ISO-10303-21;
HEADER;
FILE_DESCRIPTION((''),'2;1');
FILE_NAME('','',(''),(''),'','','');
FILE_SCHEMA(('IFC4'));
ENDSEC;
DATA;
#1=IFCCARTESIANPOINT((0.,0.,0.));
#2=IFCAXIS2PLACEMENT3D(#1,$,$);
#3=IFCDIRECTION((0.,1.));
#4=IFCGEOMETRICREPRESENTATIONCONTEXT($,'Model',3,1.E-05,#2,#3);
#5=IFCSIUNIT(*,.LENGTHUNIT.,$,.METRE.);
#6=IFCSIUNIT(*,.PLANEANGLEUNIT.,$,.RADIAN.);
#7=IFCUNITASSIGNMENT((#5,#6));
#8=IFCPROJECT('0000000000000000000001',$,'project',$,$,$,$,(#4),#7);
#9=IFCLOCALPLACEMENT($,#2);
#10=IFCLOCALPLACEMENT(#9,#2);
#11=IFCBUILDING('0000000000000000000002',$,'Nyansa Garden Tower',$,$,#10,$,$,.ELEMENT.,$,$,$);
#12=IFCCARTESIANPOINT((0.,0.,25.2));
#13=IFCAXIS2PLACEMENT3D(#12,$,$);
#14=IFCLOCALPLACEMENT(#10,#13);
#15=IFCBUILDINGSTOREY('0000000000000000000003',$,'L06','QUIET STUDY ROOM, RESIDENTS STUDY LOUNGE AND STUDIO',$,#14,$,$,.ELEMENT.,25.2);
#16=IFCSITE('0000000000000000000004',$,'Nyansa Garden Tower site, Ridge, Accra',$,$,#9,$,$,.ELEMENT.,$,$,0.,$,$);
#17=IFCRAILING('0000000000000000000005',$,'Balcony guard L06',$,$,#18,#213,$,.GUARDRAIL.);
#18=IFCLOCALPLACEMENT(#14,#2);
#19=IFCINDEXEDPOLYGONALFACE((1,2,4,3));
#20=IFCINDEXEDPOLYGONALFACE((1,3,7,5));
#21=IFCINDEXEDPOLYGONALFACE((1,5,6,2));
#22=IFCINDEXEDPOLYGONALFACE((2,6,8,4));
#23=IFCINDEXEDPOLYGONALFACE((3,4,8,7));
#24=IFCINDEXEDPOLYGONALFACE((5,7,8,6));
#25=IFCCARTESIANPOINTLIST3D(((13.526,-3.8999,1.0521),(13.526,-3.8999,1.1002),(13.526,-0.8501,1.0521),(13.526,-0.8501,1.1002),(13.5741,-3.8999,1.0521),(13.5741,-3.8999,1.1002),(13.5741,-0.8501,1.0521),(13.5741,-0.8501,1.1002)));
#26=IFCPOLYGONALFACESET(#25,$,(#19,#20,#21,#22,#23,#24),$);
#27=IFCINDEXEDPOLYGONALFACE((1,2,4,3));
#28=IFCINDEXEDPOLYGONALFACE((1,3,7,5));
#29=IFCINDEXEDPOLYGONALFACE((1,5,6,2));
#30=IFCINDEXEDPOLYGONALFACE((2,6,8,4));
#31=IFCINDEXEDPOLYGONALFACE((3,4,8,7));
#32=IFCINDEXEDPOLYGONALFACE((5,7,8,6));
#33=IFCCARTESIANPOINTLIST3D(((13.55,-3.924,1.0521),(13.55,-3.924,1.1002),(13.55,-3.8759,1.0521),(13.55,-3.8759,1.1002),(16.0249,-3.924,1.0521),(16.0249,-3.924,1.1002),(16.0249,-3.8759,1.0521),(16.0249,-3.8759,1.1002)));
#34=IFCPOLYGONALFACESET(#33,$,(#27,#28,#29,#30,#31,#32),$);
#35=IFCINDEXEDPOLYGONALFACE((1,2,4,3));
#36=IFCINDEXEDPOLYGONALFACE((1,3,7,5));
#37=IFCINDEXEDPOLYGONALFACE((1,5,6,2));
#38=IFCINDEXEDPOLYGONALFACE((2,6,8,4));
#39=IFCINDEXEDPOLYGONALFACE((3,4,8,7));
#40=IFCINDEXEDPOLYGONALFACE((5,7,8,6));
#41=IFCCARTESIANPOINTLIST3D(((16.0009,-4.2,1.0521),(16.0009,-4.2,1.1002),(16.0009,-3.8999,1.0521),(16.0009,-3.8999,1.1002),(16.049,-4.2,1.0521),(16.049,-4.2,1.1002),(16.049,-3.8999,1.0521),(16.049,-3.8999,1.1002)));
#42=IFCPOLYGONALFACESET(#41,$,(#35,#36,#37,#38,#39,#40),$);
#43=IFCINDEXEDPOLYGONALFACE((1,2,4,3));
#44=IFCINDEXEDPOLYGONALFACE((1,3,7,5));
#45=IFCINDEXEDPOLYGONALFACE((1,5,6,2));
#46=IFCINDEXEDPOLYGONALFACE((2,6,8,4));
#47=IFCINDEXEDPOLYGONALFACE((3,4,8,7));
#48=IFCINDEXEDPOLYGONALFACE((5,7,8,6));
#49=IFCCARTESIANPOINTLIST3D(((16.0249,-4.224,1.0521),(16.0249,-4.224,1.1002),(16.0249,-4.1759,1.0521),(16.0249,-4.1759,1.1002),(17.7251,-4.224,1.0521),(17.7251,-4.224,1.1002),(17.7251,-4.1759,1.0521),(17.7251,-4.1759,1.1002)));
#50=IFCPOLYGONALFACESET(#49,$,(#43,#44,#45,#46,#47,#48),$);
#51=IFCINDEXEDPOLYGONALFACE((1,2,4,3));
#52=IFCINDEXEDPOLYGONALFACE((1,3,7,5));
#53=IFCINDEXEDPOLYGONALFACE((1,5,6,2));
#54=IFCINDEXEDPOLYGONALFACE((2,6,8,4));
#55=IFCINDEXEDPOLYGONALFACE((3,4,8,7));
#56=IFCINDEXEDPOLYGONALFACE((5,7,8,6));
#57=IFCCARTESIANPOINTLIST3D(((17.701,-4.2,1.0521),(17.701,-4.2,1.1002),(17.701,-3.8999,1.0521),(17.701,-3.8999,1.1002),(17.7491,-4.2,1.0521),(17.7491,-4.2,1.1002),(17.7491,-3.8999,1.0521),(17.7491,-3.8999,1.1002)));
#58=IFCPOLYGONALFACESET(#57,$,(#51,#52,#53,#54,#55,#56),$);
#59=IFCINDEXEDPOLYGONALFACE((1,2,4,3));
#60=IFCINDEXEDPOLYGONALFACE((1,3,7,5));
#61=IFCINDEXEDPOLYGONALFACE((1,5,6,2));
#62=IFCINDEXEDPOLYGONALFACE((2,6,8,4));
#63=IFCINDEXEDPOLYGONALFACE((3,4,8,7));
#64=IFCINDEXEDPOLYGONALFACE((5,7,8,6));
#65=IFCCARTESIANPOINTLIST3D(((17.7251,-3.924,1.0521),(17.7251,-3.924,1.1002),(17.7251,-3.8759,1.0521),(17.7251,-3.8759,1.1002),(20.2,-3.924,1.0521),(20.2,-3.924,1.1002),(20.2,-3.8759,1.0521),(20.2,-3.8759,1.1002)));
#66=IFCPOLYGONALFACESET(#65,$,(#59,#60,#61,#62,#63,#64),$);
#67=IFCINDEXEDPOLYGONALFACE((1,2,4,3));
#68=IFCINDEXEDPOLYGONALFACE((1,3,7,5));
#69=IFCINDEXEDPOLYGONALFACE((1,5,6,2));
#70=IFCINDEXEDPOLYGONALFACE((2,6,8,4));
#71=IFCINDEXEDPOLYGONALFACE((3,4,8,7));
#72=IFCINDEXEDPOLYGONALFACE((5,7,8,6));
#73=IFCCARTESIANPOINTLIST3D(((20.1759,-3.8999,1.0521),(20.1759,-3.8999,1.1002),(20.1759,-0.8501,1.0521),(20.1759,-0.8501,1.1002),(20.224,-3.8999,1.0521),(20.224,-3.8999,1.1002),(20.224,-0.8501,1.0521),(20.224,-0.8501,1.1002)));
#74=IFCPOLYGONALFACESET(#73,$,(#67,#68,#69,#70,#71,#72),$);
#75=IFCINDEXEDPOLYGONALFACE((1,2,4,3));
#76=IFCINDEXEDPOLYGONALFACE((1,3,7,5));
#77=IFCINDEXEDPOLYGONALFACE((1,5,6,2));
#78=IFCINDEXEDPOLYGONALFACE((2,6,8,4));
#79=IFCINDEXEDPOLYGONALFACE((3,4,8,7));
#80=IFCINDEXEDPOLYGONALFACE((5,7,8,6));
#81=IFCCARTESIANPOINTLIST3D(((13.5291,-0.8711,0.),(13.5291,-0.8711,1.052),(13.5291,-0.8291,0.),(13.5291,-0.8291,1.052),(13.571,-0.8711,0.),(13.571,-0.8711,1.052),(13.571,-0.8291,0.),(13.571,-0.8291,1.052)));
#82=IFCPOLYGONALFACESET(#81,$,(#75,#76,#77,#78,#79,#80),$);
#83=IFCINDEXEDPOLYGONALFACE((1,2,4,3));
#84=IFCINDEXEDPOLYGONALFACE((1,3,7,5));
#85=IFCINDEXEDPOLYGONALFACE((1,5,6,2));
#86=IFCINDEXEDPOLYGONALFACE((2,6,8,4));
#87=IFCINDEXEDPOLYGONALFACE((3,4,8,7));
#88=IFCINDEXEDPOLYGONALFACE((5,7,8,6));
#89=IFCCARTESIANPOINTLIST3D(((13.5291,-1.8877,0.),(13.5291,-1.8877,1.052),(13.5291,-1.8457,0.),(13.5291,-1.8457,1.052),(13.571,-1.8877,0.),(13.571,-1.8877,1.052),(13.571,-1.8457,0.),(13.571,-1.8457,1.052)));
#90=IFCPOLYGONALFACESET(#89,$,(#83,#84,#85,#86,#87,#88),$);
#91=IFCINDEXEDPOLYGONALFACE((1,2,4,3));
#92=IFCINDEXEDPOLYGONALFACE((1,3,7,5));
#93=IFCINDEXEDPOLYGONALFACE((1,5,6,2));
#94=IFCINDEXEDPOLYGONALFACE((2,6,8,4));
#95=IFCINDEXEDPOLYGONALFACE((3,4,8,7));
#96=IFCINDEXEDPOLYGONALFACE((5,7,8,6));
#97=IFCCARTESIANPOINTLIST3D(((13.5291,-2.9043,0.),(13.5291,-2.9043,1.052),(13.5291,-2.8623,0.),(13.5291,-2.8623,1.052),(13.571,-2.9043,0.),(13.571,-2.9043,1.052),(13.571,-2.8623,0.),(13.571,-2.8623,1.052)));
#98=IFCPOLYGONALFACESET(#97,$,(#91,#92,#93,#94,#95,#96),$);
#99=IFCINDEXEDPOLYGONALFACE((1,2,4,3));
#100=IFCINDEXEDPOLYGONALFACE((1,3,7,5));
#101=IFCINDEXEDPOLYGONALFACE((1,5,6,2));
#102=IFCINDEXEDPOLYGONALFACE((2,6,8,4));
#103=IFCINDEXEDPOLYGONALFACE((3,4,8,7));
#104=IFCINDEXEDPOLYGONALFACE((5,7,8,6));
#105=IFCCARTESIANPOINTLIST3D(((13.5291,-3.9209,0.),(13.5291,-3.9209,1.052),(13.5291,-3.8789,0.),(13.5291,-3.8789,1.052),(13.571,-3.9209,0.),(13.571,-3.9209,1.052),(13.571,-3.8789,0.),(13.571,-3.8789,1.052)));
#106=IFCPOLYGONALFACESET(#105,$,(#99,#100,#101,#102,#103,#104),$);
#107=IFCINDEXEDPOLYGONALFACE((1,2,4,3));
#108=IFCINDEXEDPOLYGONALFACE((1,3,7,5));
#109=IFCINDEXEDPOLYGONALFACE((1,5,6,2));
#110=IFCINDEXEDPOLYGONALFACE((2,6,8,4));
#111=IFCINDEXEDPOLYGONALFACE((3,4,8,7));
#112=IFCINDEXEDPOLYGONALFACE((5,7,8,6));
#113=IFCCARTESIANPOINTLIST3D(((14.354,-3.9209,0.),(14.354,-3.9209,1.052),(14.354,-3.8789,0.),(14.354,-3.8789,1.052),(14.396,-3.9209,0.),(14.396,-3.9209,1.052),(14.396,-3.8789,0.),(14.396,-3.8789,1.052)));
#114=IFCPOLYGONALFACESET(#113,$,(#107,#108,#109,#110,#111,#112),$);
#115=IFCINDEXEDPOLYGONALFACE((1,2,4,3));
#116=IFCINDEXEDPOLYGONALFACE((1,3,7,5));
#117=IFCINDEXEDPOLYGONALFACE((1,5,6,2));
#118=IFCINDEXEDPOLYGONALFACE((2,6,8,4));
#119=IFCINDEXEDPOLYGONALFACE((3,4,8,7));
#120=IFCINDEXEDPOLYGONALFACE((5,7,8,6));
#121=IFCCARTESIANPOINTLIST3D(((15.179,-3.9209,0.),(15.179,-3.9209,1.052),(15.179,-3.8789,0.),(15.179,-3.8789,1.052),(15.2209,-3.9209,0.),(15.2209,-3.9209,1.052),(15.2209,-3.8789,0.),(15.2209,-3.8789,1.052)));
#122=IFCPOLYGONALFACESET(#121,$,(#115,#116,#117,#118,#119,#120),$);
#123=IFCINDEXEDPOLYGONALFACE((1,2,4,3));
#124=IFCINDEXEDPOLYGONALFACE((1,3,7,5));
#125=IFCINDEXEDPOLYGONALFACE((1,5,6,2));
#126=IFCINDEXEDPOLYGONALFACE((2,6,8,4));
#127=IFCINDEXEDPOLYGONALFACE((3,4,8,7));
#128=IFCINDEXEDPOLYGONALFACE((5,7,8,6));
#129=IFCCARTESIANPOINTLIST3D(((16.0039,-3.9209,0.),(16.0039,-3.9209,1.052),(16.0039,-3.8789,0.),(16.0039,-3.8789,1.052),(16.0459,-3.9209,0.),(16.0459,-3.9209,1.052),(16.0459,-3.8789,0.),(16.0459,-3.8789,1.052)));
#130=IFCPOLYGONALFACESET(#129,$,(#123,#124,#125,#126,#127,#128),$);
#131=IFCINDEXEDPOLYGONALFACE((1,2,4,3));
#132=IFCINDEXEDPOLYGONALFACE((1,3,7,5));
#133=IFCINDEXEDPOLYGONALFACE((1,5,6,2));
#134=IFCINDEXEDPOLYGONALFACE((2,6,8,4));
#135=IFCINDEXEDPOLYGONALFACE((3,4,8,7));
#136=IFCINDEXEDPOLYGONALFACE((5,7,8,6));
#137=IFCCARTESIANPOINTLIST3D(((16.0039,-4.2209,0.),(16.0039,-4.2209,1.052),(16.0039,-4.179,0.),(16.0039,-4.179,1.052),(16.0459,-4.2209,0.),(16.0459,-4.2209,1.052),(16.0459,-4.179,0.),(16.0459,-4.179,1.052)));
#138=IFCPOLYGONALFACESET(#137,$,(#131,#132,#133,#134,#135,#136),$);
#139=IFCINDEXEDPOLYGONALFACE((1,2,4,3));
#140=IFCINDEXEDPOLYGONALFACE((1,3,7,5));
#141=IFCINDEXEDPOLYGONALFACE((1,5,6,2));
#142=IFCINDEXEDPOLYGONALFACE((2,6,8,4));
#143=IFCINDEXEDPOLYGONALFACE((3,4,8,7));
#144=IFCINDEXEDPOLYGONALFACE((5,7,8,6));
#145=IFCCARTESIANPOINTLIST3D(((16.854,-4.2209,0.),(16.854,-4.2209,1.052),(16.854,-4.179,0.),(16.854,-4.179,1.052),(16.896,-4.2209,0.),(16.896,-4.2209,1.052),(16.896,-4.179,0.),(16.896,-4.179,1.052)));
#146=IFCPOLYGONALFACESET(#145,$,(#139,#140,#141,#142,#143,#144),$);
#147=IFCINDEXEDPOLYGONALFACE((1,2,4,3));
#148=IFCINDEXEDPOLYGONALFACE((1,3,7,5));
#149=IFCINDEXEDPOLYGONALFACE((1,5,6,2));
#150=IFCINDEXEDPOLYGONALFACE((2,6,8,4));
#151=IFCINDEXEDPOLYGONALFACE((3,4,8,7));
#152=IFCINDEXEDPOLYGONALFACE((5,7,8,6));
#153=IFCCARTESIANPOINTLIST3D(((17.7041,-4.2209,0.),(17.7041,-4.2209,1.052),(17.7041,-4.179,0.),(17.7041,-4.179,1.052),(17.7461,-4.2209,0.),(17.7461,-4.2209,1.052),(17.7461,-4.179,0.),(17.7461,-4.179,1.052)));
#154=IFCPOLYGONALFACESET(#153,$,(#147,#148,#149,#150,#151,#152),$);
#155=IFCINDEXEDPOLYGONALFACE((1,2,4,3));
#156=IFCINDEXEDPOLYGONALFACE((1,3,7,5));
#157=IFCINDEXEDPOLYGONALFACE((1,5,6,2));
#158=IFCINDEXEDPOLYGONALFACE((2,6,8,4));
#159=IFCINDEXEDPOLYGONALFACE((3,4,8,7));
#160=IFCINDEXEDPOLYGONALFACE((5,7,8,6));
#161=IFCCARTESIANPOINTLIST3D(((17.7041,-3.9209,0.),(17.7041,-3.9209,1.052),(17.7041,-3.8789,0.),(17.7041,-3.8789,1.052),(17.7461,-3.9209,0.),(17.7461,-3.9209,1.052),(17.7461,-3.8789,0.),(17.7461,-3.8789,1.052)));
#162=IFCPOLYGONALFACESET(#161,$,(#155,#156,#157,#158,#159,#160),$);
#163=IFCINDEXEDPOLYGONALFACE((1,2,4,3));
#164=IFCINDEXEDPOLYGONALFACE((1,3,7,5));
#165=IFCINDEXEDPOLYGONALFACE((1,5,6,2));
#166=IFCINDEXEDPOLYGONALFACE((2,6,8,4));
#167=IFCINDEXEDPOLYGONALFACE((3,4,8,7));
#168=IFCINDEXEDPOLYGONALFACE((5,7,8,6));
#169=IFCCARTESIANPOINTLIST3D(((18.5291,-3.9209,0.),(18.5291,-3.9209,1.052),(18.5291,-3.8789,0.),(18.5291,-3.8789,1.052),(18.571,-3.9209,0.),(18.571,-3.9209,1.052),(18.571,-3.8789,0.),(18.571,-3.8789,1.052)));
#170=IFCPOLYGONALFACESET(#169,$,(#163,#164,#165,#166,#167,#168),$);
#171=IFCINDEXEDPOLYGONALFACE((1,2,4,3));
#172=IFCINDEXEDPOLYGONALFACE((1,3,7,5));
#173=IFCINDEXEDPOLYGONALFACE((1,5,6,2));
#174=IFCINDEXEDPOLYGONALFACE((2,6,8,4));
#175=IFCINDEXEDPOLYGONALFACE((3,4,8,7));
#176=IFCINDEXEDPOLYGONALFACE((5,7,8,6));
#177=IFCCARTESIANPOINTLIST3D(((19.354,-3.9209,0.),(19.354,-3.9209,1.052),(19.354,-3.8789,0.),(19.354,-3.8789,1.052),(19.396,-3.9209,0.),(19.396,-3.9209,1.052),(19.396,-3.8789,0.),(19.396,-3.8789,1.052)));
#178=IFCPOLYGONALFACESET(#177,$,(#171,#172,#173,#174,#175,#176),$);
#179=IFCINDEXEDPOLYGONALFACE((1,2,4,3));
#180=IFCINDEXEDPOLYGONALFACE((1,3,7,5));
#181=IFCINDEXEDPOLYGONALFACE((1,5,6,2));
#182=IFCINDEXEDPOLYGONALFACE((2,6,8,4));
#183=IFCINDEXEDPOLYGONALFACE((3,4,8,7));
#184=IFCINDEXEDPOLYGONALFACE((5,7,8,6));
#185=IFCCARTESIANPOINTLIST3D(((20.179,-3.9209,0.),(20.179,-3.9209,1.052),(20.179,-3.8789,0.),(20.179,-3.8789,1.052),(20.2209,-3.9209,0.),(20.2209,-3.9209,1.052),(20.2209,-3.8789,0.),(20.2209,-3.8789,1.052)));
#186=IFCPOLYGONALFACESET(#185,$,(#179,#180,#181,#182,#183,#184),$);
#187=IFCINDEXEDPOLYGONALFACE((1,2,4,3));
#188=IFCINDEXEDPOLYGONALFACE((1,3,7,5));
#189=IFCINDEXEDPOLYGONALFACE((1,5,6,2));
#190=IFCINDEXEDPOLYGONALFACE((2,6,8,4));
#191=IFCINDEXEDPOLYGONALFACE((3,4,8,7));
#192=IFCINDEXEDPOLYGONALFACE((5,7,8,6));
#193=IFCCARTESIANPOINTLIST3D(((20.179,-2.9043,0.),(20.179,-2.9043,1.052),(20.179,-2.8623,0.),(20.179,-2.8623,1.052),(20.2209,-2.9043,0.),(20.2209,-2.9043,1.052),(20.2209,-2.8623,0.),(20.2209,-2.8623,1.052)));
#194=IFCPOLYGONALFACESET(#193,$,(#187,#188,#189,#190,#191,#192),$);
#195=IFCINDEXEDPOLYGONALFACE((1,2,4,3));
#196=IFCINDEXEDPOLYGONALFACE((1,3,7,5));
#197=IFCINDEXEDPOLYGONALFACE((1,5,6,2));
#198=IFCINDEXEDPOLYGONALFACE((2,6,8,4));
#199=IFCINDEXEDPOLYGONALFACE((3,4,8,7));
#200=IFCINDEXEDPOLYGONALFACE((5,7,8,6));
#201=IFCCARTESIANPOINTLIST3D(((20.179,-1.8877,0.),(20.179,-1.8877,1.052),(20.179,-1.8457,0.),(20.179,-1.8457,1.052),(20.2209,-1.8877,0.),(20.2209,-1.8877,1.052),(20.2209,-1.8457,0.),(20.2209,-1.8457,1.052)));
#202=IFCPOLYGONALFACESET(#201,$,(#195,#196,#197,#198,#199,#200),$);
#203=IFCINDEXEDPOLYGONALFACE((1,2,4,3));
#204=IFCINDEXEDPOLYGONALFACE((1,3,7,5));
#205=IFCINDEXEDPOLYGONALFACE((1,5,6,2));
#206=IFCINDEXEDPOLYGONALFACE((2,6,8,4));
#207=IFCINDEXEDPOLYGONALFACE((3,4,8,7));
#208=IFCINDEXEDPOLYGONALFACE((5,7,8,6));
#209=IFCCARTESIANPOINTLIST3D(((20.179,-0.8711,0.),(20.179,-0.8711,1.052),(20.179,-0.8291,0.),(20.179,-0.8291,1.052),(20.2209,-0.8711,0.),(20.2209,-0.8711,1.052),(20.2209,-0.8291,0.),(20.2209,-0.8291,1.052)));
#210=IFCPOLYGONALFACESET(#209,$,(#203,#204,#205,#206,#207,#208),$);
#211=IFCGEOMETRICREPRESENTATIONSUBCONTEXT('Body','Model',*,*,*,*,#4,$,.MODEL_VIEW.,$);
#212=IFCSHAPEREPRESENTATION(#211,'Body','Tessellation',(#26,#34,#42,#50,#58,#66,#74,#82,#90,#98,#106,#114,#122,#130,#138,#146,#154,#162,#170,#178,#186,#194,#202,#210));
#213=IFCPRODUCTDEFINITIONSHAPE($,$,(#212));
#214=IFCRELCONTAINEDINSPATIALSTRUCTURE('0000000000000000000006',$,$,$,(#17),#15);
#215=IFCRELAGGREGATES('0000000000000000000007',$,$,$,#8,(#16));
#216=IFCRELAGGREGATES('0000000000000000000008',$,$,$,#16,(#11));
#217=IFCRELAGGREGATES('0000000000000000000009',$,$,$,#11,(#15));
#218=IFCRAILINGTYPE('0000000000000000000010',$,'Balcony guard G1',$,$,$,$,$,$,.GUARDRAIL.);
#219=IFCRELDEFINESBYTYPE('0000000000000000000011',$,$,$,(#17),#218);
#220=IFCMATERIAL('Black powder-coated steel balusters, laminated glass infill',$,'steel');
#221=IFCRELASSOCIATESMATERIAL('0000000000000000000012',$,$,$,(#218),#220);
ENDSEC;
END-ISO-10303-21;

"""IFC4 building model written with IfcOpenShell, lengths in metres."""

from ifc_helpers import new_model, si_unit, direction, frame, origin, origin_2d, place, context, subcontext, project, spatial, rectangle, extrude, material, type_object, element, save


model = new_model("IFC4")

# Units and contexts
model_context = context("Model", 3, precision=1e-05, world=origin(), true_north=direction((0.0, 1.0)))
body_context = subcontext(model_context, "Body", "Model", "MODEL_VIEW")
ifc_project = project(units=[si_unit("LENGTHUNIT", "METRE"), si_unit("PLANEANGLEUNIT", "RADIAN")], contexts=[model_context])

# Site, building, storey
site_placement = place(None, origin())
site = spatial("IfcSite", under=ifc_project, at=site_placement, Name="Nyansa Garden Tower site, Ridge, Accra", CompositionType="ELEMENT", RefElevation=0.0)
building_placement = place(site_placement, origin())
building = spatial("IfcBuilding", under=site, at=building_placement, Name="Nyansa Garden Tower", CompositionType="ELEMENT")
storey_placement = place(building_placement, frame((0.0, 0.0, 25.2)))
storey = spatial("IfcBuildingStorey", under=building, at=storey_placement, Name="L06", Description="QUIET STUDY ROOM, RESIDENTS STUDY LOUNGE AND STUDIO", CompositionType="ELEMENT", Elevation=25.2)

# Railing
ifc_material_1 = material(Name="Black powder-coated steel balusters, laminated glass infill", Category="steel")
railing_type = type_object("IfcRailingType", Name="Balcony guard G1", PredefinedType="GUARDRAIL", material=ifc_material_1)
railing_placement = place(storey_placement, frame((13.55, -0.8501, 0.0)))
element("IfcRailing", 1, at=railing_placement, inside=storey, type_object=railing_type, Name="Balcony guard L06", PredefinedType="GUARDRAIL", context=body_context, shape_type="SweptSolid", body=[
    extrude(rectangle(XDim=0.0481, YDim=0.0481, at=origin_2d()), frame((0.0, 0.0, 1.0762), z_axis=(0.0, -1.0, 0.0), x_axis=(1.0, 0.0, 0.0)), (0.0, 0.0, 1.0), 3.0498),
    extrude(rectangle(XDim=0.0481, YDim=0.0481, at=origin_2d()), frame((0.0, -3.0498, 1.0762), z_axis=(1.0, 0.0, 0.0), x_axis=(0.0, 1.0, 0.0)), (0.0, 0.0, 1.0), 2.4749),
    extrude(rectangle(XDim=0.0481, YDim=0.0481, at=origin_2d()), frame((2.4749, -3.0498, 1.0762), z_axis=(0.0, -1.0, 0.0), x_axis=(1.0, 0.0, 0.0)), (0.0, 0.0, 1.0), 0.3),
    extrude(rectangle(XDim=0.0481, YDim=0.0481, at=origin_2d()), frame((2.4749, -3.3499, 1.0762), z_axis=(1.0, 0.0, 0.0), x_axis=(0.0, 1.0, 0.0)), (0.0, 0.0, 1.0), 1.7002),
    extrude(rectangle(XDim=0.0481, YDim=0.0481, at=origin_2d()), frame((4.175, -3.3499, 1.0762), z_axis=(0.0, 1.0, 0.0), x_axis=(-1.0, 0.0, 0.0)), (0.0, 0.0, 1.0), 0.3),
    extrude(rectangle(XDim=0.0481, YDim=0.0481, at=origin_2d()), frame((4.175, -3.0498, 1.0762), z_axis=(1.0, 0.0, 0.0), x_axis=(0.0, 1.0, 0.0)), (0.0, 0.0, 1.0), 2.4749),
    extrude(rectangle(XDim=0.0481, YDim=0.0481, at=origin_2d()), frame((6.6499, -3.0498, 1.0762), z_axis=(0.0, 1.0, 0.0), x_axis=(-1.0, 0.0, 0.0)), (0.0, 0.0, 1.0), 3.0498),
    extrude(rectangle(XDim=0.042, YDim=0.042, at=origin_2d()), origin(), (0.0, 0.0, 1.0), 1.052),
    extrude(rectangle(XDim=0.042, YDim=0.042, at=origin_2d()), frame((0.0, -1.0166, 0.0)), (0.0, 0.0, 1.0), 1.052),
    extrude(rectangle(XDim=0.042, YDim=0.042, at=origin_2d()), frame((0.0, -2.0332, 0.0)), (0.0, 0.0, 1.0), 1.052),
    extrude(rectangle(XDim=0.042, YDim=0.042, at=origin_2d()), frame((0.0, -3.0498, 0.0)), (0.0, 0.0, 1.0), 1.052),
    extrude(rectangle(XDim=0.042, YDim=0.042, at=origin_2d()), frame((0.825, -3.0498, 0.0)), (0.0, 0.0, 1.0), 1.052),
    extrude(rectangle(XDim=0.042, YDim=0.042, at=origin_2d()), frame((1.6499, -3.0498, 0.0)), (0.0, 0.0, 1.0), 1.052),
    extrude(rectangle(XDim=0.042, YDim=0.042, at=origin_2d()), frame((2.4749, -3.0498, 0.0)), (0.0, 0.0, 1.0), 1.052),
    extrude(rectangle(XDim=0.042, YDim=0.042, at=origin_2d()), frame((2.4749, -3.3499, 0.0)), (0.0, 0.0, 1.0), 1.052),
    extrude(rectangle(XDim=0.042, YDim=0.042, at=origin_2d()), frame((3.325, -3.3499, 0.0)), (0.0, 0.0, 1.0), 1.052),
    extrude(rectangle(XDim=0.042, YDim=0.042, at=origin_2d()), frame((4.175, -3.3499, 0.0)), (0.0, 0.0, 1.0), 1.052),
    extrude(rectangle(XDim=0.042, YDim=0.042, at=origin_2d()), frame((4.175, -3.0498, 0.0)), (0.0, 0.0, 1.0), 1.052),
    extrude(rectangle(XDim=0.042, YDim=0.042, at=origin_2d()), frame((5.0, -3.0498, 0.0)), (0.0, 0.0, 1.0), 1.052),
    extrude(rectangle(XDim=0.042, YDim=0.042, at=origin_2d()), frame((5.825, -3.0498, 0.0)), (0.0, 0.0, 1.0), 1.052),
    extrude(rectangle(XDim=0.042, YDim=0.042, at=origin_2d()), frame((6.6499, -3.0498, 0.0)), (0.0, 0.0, 1.0), 1.052),
    extrude(rectangle(XDim=0.042, YDim=0.042, at=origin_2d()), frame((6.6499, -2.0332, 0.0)), (0.0, 0.0, 1.0), 1.052),
    extrude(rectangle(XDim=0.042, YDim=0.042, at=origin_2d()), frame((6.6499, -1.0166, 0.0)), (0.0, 0.0, 1.0), 1.052),
    extrude(rectangle(XDim=0.042, YDim=0.042, at=origin_2d()), frame((6.6499, 0.0, 0.0)), (0.0, 0.0, 1.0), 1.052),
])

save(model, "model.ifc")
